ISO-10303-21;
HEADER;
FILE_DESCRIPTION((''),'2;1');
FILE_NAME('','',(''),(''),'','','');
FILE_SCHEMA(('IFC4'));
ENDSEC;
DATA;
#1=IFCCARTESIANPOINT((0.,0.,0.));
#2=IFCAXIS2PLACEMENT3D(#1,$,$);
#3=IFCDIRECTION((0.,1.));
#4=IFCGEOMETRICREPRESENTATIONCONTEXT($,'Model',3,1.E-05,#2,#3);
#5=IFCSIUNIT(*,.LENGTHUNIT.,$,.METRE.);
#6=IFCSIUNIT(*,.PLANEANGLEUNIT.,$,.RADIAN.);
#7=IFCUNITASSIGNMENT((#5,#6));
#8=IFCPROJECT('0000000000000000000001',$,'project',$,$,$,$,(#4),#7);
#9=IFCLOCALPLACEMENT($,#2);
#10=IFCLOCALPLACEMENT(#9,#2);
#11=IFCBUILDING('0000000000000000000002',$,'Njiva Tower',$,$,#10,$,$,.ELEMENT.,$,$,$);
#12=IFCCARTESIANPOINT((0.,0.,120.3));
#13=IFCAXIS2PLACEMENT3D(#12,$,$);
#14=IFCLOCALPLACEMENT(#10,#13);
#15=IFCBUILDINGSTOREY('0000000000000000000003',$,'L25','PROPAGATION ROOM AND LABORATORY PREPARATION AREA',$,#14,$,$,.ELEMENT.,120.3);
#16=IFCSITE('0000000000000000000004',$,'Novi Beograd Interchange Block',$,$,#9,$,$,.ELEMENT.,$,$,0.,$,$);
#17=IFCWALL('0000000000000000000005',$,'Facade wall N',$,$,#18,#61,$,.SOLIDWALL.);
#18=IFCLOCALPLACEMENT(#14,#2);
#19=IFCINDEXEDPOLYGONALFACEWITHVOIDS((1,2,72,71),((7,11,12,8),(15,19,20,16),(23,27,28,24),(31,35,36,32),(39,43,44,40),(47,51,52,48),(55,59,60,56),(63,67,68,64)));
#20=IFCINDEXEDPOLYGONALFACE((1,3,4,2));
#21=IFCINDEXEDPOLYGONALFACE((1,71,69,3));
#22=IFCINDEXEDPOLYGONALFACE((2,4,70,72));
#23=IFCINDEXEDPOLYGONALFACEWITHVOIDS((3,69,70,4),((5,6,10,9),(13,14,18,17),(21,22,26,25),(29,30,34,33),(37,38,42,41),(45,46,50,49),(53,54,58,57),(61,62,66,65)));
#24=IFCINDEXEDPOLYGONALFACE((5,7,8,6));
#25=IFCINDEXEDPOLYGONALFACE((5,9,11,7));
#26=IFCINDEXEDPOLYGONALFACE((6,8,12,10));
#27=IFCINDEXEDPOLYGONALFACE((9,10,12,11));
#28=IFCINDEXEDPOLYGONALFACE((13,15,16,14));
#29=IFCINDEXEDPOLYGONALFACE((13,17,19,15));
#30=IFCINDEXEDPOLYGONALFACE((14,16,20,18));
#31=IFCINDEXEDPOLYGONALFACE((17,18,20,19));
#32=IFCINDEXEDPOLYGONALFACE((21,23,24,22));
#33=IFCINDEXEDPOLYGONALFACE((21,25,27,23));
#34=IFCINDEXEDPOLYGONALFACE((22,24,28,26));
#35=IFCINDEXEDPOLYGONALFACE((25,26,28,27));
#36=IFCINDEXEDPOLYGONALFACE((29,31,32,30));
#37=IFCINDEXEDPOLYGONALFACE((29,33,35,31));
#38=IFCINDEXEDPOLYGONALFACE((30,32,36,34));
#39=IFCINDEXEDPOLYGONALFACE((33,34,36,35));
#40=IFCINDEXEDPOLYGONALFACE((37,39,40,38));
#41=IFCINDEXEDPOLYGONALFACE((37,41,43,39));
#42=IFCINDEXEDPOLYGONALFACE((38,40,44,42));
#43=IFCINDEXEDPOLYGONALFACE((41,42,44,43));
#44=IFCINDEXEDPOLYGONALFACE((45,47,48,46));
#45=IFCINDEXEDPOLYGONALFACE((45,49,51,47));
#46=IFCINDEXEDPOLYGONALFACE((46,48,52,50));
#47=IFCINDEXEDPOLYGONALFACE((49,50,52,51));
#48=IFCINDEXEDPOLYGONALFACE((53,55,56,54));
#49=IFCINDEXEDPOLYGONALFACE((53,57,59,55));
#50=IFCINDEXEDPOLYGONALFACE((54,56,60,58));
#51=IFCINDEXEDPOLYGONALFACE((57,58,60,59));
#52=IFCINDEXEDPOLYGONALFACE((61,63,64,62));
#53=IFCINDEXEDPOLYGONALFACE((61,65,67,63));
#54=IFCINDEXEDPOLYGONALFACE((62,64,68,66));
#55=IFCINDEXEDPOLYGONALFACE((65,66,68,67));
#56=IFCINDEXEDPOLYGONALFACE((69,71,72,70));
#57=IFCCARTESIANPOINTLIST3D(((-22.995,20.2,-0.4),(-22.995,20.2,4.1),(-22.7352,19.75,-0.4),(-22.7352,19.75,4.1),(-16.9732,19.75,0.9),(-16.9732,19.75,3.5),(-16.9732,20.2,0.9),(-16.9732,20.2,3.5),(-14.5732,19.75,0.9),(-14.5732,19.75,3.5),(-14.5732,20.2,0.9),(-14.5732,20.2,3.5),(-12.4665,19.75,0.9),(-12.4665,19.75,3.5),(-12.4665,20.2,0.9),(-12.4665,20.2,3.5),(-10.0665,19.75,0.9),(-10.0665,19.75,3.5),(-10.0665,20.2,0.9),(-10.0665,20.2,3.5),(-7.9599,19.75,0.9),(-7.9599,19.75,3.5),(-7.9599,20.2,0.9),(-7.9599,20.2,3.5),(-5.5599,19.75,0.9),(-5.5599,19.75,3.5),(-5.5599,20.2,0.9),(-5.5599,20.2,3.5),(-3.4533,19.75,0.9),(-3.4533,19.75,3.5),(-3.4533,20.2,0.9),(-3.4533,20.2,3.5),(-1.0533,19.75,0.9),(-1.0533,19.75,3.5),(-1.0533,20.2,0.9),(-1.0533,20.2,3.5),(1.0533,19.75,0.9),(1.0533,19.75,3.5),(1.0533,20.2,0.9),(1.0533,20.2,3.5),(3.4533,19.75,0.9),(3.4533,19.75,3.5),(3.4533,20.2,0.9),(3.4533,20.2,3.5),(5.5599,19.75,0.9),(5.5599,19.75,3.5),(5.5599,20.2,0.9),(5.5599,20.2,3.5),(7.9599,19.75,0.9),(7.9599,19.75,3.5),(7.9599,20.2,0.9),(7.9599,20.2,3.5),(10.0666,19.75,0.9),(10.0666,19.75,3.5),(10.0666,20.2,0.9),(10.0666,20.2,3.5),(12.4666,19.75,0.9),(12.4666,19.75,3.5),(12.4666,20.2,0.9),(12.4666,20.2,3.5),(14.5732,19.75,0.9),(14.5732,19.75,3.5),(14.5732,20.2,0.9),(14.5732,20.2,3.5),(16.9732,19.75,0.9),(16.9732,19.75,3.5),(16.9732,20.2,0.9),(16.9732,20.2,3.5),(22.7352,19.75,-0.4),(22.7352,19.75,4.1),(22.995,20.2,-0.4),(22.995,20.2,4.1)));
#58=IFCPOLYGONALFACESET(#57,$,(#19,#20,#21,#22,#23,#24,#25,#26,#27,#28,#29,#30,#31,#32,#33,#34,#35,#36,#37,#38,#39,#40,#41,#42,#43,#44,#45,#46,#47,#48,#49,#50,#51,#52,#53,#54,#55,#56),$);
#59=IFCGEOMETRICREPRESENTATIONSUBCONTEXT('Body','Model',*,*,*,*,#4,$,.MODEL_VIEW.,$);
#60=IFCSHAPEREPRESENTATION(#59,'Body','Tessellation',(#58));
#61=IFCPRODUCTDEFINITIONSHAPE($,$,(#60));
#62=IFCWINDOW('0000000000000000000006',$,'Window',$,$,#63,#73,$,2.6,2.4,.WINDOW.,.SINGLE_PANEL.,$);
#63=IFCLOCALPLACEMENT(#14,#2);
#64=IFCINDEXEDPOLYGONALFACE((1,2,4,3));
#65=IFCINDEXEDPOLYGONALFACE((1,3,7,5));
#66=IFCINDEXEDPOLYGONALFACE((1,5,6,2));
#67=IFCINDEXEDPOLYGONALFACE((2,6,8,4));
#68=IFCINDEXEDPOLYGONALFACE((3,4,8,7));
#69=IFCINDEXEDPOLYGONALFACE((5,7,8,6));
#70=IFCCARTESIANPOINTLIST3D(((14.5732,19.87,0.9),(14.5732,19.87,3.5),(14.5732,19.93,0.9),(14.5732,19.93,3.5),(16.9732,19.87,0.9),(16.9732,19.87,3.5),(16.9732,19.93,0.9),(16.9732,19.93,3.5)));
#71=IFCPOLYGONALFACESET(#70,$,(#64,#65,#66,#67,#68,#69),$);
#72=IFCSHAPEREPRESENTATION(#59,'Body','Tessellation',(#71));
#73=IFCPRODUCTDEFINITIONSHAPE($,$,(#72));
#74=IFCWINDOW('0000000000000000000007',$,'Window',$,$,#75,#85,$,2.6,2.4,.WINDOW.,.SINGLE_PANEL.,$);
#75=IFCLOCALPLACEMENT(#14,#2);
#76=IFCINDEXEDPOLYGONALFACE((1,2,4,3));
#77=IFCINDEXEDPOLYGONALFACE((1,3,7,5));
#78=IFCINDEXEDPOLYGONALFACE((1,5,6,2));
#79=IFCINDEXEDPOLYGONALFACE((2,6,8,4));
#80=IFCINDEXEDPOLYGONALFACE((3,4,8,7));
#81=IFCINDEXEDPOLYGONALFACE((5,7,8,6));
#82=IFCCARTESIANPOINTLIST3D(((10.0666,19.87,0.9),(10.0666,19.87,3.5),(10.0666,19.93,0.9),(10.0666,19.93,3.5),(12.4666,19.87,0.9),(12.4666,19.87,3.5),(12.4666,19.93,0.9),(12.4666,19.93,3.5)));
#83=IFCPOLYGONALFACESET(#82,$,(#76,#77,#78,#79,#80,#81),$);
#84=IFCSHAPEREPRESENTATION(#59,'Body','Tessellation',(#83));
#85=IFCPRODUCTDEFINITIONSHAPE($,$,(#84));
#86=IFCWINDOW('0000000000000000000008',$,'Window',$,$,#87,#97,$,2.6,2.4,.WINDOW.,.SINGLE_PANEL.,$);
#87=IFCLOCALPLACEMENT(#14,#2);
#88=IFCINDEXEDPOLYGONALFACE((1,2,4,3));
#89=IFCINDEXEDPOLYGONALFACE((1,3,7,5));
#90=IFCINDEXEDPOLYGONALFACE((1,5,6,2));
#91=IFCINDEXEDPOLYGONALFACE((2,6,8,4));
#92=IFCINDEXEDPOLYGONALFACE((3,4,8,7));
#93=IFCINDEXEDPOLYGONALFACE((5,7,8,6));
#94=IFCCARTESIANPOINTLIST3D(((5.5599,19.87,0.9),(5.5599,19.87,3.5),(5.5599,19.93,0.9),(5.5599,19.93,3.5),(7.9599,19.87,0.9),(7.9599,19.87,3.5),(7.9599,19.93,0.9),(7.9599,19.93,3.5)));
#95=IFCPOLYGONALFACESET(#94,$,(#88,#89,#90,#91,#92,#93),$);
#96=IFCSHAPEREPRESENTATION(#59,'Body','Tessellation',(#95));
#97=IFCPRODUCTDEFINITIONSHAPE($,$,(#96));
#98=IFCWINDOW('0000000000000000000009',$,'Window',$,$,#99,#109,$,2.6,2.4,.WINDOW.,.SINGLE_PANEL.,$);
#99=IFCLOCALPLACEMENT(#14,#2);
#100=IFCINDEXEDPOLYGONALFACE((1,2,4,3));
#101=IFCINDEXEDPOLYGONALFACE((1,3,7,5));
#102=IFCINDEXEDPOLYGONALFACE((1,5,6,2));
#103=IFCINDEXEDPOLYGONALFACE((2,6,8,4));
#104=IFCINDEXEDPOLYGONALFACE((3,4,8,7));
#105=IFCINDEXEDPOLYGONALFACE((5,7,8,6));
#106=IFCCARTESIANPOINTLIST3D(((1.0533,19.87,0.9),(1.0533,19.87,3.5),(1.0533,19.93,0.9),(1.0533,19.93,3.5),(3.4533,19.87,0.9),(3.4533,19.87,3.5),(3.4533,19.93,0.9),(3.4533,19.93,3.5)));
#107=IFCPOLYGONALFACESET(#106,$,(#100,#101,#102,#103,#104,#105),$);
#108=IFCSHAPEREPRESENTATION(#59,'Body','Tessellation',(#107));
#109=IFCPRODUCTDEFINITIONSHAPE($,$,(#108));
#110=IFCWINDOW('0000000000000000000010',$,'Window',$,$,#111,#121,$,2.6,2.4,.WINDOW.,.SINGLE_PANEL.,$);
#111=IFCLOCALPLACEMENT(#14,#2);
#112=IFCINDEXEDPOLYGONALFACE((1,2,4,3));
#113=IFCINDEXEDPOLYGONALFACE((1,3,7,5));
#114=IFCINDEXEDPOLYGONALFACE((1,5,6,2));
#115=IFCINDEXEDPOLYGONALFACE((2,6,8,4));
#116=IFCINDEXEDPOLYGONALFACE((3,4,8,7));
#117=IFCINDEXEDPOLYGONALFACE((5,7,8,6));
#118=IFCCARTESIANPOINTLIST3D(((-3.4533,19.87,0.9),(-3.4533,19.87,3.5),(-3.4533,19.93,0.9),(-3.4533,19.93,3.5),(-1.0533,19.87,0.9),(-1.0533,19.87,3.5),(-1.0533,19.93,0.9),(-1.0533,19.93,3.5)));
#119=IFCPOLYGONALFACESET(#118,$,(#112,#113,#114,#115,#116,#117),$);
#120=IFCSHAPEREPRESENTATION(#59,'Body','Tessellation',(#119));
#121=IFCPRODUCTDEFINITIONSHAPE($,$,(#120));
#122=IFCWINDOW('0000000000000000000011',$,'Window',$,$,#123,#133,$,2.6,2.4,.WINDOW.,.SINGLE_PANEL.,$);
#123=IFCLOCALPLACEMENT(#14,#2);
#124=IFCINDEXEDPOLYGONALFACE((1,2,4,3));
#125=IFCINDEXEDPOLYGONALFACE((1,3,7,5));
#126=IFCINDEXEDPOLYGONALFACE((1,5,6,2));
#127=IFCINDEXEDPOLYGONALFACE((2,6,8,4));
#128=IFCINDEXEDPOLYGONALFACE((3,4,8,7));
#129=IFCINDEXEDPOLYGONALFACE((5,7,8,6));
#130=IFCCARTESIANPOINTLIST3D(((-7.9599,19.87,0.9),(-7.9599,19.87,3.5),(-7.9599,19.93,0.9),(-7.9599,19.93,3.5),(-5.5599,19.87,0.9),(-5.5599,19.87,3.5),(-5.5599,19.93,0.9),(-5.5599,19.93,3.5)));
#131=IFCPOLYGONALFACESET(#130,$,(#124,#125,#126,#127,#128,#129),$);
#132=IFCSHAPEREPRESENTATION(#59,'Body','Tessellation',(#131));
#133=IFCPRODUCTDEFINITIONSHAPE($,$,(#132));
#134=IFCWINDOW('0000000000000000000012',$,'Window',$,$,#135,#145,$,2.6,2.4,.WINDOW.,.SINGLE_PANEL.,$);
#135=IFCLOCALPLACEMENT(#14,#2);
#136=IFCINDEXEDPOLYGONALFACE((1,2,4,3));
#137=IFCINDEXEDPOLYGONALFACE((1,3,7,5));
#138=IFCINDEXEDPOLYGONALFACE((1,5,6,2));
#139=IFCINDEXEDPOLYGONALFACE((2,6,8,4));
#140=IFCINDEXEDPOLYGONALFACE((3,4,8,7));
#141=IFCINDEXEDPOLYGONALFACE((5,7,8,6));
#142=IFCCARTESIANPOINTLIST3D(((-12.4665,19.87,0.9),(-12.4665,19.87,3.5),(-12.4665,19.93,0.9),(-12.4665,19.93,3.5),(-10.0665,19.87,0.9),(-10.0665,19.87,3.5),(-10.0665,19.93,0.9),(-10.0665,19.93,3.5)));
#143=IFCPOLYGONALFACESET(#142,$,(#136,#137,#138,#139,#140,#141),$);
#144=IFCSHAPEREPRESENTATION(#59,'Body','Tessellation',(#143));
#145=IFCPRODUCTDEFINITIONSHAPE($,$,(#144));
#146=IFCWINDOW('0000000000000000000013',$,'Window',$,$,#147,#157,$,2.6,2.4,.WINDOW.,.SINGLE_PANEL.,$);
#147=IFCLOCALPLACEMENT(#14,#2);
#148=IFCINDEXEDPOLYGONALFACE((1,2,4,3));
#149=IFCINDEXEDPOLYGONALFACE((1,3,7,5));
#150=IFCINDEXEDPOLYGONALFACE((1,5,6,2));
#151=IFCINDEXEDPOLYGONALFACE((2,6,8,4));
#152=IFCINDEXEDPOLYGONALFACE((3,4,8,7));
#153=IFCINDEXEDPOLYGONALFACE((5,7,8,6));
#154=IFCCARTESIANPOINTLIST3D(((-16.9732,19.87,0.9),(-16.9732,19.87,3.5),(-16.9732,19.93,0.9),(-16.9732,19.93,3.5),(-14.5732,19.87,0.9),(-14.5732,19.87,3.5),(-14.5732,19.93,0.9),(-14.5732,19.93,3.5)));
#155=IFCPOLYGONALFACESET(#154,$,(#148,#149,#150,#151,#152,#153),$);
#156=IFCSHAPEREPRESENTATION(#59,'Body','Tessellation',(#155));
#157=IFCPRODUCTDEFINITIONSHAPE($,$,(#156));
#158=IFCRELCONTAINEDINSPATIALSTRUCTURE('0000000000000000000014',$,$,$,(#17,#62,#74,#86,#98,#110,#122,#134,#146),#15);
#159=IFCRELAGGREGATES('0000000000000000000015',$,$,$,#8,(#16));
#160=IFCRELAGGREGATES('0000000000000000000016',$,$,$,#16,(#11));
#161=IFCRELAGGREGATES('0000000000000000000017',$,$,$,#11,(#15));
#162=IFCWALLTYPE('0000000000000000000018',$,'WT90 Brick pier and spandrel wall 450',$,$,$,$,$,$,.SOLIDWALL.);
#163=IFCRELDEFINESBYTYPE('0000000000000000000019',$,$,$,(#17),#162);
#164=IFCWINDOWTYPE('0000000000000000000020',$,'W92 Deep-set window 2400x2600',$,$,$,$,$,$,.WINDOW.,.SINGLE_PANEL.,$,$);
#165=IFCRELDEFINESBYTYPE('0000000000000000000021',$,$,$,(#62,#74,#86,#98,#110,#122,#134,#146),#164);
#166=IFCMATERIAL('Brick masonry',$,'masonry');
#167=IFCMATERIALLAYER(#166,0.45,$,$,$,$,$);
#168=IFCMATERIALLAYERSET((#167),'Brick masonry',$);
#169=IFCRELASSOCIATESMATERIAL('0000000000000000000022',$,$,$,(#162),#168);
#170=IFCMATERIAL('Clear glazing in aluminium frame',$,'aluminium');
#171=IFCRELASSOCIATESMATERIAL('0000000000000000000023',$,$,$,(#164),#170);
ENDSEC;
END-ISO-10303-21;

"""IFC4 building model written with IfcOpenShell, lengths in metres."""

from ifc_helpers import new_model, si_unit, direction, frame, frame_2d, origin, place, context, subcontext, project, spatial, polyline, rectangle, outline, extrude, material, layer, layer_set, type_object, element, fill, save


model = new_model("IFC4")

# Units and contexts
model_context = context("Model", 3, precision=1e-05, world=origin(), true_north=direction((0.0, 1.0)))
body_context = subcontext(model_context, "Body", "Model", "MODEL_VIEW")
ifc_project = project(units=[si_unit("LENGTHUNIT", "METRE"), si_unit("PLANEANGLEUNIT", "RADIAN")], contexts=[model_context])

# Site, building, storey
site_placement = place(None, origin())
site = spatial("IfcSite", under=ifc_project, at=site_placement, Name="Novi Beograd Interchange Block", CompositionType="ELEMENT", RefElevation=0.0)
building_placement = place(site_placement, origin())
building = spatial("IfcBuilding", under=site, at=building_placement, Name="Njiva Tower", CompositionType="ELEMENT")
storey_placement = place(building_placement, frame((0.0, 0.0, 120.3)))
storey = spatial("IfcBuildingStorey", under=building, at=storey_placement, Name="L25", Description="PROPAGATION ROOM AND LABORATORY PREPARATION AREA", CompositionType="ELEMENT", Elevation=120.3)

# Wall, openings, windows
ifc_material_1 = material(Name="Brick masonry", Category="masonry")
ifc_layer_1 = layer(ifc_material_1, 0.45)
ifc_layer_set_1 = layer_set([ifc_layer_1], Name="Brick masonry")
wall_type_1 = type_object("IfcWallType", Name="WT90 Brick pier and spandrel wall 450", PredefinedType="SOLIDWALL", material=ifc_layer_set_1)
wall_1_placement = place(storey_placement, frame((22.8651, 19.975, -0.4), z_axis=(0.0, 0.0, 1.0), x_axis=(-1.0, 0.0, 0.0)))
wall_1 = element("IfcWall", 1, at=wall_1_placement, inside=storey, type_object=wall_type_1, Name="Facade wall N", PredefinedType="SOLIDWALL", context=body_context, shape_type="SweptSolid", body=[
    extrude(outline(polyline([(-0.1299, -0.225), (45.8601, -0.225), (45.6003, 0.225), (0.1299, 0.225), (-0.1299, -0.225)])), origin(), (0.0, 0.0, 1.0), 4.5),
])
opening_1_placement = place(wall_1_placement, frame((5.8919, 0.0, 1.3)))
opening_1 = element("IfcOpeningElement", 2, at=opening_1_placement, cuts=wall_1, PredefinedType="OPENING", context=body_context, shape_type="SweptSolid", body=[
    extrude(rectangle(XDim=2.4, YDim=2.6, at=frame_2d((1.2, 1.3))), frame((0.0, 0.235, 0.0), z_axis=(0.0, -1.0, 0.0), x_axis=(1.0, 0.0, 0.0)), (0.0, 0.0, 1.0), 0.47),
])
opening_2_placement = place(wall_1_placement, frame((10.3985, 0.0, 1.3)))
opening_2 = element("IfcOpeningElement", 3, at=opening_2_placement, cuts=wall_1, PredefinedType="OPENING", context=body_context, shape_type="SweptSolid", body=[
    extrude(rectangle(XDim=2.4, YDim=2.6, at=frame_2d((1.2, 1.3))), frame((0.0, 0.235, 0.0), z_axis=(0.0, -1.0, 0.0), x_axis=(1.0, 0.0, 0.0)), (0.0, 0.0, 1.0), 0.47),
])
opening_3_placement = place(wall_1_placement, frame((14.9052, 0.0, 1.3)))
opening_3 = element("IfcOpeningElement", 4, at=opening_3_placement, cuts=wall_1, PredefinedType="OPENING", context=body_context, shape_type="SweptSolid", body=[
    extrude(rectangle(XDim=2.4, YDim=2.6, at=frame_2d((1.2, 1.3))), frame((0.0, 0.235, 0.0), z_axis=(0.0, -1.0, 0.0), x_axis=(1.0, 0.0, 0.0)), (0.0, 0.0, 1.0), 0.47),
])
opening_4_placement = place(wall_1_placement, frame((19.4118, 0.0, 1.3)))
opening_4 = element("IfcOpeningElement", 5, at=opening_4_placement, cuts=wall_1, PredefinedType="OPENING", context=body_context, shape_type="SweptSolid", body=[
    extrude(rectangle(XDim=2.4, YDim=2.6, at=frame_2d((1.2, 1.3))), frame((0.0, 0.235, 0.0), z_axis=(0.0, -1.0, 0.0), x_axis=(1.0, 0.0, 0.0)), (0.0, 0.0, 1.0), 0.47),
])
opening_5_placement = place(wall_1_placement, frame((23.9184, 0.0, 1.3)))
opening_5 = element("IfcOpeningElement", 6, at=opening_5_placement, cuts=wall_1, PredefinedType="OPENING", context=body_context, shape_type="SweptSolid", body=[
    extrude(rectangle(XDim=2.4, YDim=2.6, at=frame_2d((1.2, 1.3))), frame((0.0, 0.235, 0.0), z_axis=(0.0, -1.0, 0.0), x_axis=(1.0, 0.0, 0.0)), (0.0, 0.0, 1.0), 0.47),
])
opening_6_placement = place(wall_1_placement, frame((28.425, 0.0, 1.3)))
opening_6 = element("IfcOpeningElement", 7, at=opening_6_placement, cuts=wall_1, PredefinedType="OPENING", context=body_context, shape_type="SweptSolid", body=[
    extrude(rectangle(XDim=2.4, YDim=2.6, at=frame_2d((1.2, 1.3))), frame((0.0, 0.235, 0.0), z_axis=(0.0, -1.0, 0.0), x_axis=(1.0, 0.0, 0.0)), (0.0, 0.0, 1.0), 0.47),
])
opening_7_placement = place(wall_1_placement, frame((32.9316, 0.0, 1.3)))
opening_7 = element("IfcOpeningElement", 8, at=opening_7_placement, cuts=wall_1, PredefinedType="OPENING", context=body_context, shape_type="SweptSolid", body=[
    extrude(rectangle(XDim=2.4, YDim=2.6, at=frame_2d((1.2, 1.3))), frame((0.0, 0.235, 0.0), z_axis=(0.0, -1.0, 0.0), x_axis=(1.0, 0.0, 0.0)), (0.0, 0.0, 1.0), 0.47),
])
opening_8_placement = place(wall_1_placement, frame((37.4383, 0.0, 1.3)))
opening_8 = element("IfcOpeningElement", 9, at=opening_8_placement, cuts=wall_1, PredefinedType="OPENING", context=body_context, shape_type="SweptSolid", body=[
    extrude(rectangle(XDim=2.4, YDim=2.6, at=frame_2d((1.2, 1.3))), frame((0.0, 0.235, 0.0), z_axis=(0.0, -1.0, 0.0), x_axis=(1.0, 0.0, 0.0)), (0.0, 0.0, 1.0), 0.47),
])
ifc_material_2 = material(Name="Clear glazing in aluminium frame", Category="aluminium")
window_type_1 = type_object("IfcWindowType", Name="W92 Deep-set window 2400x2600", PartitioningType="SINGLE_PANEL", PredefinedType="WINDOW", material=ifc_material_2)
window_1_placement = place(opening_1_placement, origin())
window_1 = element("IfcWindow", 10, at=window_1_placement, inside=storey, type_object=window_type_1, Name="Window", OverallHeight=2.6, OverallWidth=2.4, PartitioningType="SINGLE_PANEL", PredefinedType="WINDOW", context=body_context, shape_type="SweptSolid", body=[
    extrude(rectangle(XDim=2.4, YDim=2.6, at=frame_2d((1.2, 1.3))), frame((0.0, 0.105, 0.0), z_axis=(0.0, -1.0, 0.0), x_axis=(1.0, 0.0, 0.0)), (0.0, 0.0, 1.0), 0.06),
])
fill(opening_1, window_1)
window_2_placement = place(opening_2_placement, origin())
window_2 = element("IfcWindow", 11, at=window_2_placement, inside=storey, type_object=window_type_1, Name="Window", OverallHeight=2.6, OverallWidth=2.4, PartitioningType="SINGLE_PANEL", PredefinedType="WINDOW", context=body_context, shape_type="SweptSolid", body=[
    extrude(rectangle(XDim=2.4, YDim=2.6, at=frame_2d((1.2, 1.3))), frame((0.0, 0.105, 0.0), z_axis=(0.0, -1.0, 0.0), x_axis=(1.0, 0.0, 0.0)), (0.0, 0.0, 1.0), 0.06),
])
fill(opening_2, window_2)
window_3_placement = place(opening_3_placement, origin())
window_3 = element("IfcWindow", 12, at=window_3_placement, inside=storey, type_object=window_type_1, Name="Window", OverallHeight=2.6, OverallWidth=2.4, PartitioningType="SINGLE_PANEL", PredefinedType="WINDOW", context=body_context, shape_type="SweptSolid", body=[
    extrude(rectangle(XDim=2.4, YDim=2.6, at=frame_2d((1.2, 1.3))), frame((0.0, 0.105, 0.0), z_axis=(0.0, -1.0, 0.0), x_axis=(1.0, 0.0, 0.0)), (0.0, 0.0, 1.0), 0.06),
])
fill(opening_3, window_3)
window_4_placement = place(opening_4_placement, origin())
window_4 = element("IfcWindow", 13, at=window_4_placement, inside=storey, type_object=window_type_1, Name="Window", OverallHeight=2.6, OverallWidth=2.4, PartitioningType="SINGLE_PANEL", PredefinedType="WINDOW", context=body_context, shape_type="SweptSolid", body=[
    extrude(rectangle(XDim=2.4, YDim=2.6, at=frame_2d((1.2, 1.3))), frame((0.0, 0.105, 0.0), z_axis=(0.0, -1.0, 0.0), x_axis=(1.0, 0.0, 0.0)), (0.0, 0.0, 1.0), 0.06),
])
fill(opening_4, window_4)
window_5_placement = place(opening_5_placement, origin())
window_5 = element("IfcWindow", 14, at=window_5_placement, inside=storey, type_object=window_type_1, Name="Window", OverallHeight=2.6, OverallWidth=2.4, PartitioningType="SINGLE_PANEL", PredefinedType="WINDOW", context=body_context, shape_type="SweptSolid", body=[
    extrude(rectangle(XDim=2.4, YDim=2.6, at=frame_2d((1.2, 1.3))), frame((0.0, 0.105, 0.0), z_axis=(0.0, -1.0, 0.0), x_axis=(1.0, 0.0, 0.0)), (0.0, 0.0, 1.0), 0.06),
])
fill(opening_5, window_5)
window_6_placement = place(opening_6_placement, origin())
window_6 = element("IfcWindow", 15, at=window_6_placement, inside=storey, type_object=window_type_1, Name="Window", OverallHeight=2.6, OverallWidth=2.4, PartitioningType="SINGLE_PANEL", PredefinedType="WINDOW", context=body_context, shape_type="SweptSolid", body=[
    extrude(rectangle(XDim=2.4, YDim=2.6, at=frame_2d((1.2, 1.3))), frame((0.0, 0.105, 0.0), z_axis=(0.0, -1.0, 0.0), x_axis=(1.0, 0.0, 0.0)), (0.0, 0.0, 1.0), 0.06),
])
fill(opening_6, window_6)
window_7_placement = place(opening_7_placement, origin())
window_7 = element("IfcWindow", 16, at=window_7_placement, inside=storey, type_object=window_type_1, Name="Window", OverallHeight=2.6, OverallWidth=2.4, PartitioningType="SINGLE_PANEL", PredefinedType="WINDOW", context=body_context, shape_type="SweptSolid", body=[
    extrude(rectangle(XDim=2.4, YDim=2.6, at=frame_2d((1.2, 1.3))), frame((0.0, 0.105, 0.0), z_axis=(0.0, -1.0, 0.0), x_axis=(1.0, 0.0, 0.0)), (0.0, 0.0, 1.0), 0.06),
])
fill(opening_7, window_7)
window_8_placement = place(opening_8_placement, origin())
window_8 = element("IfcWindow", 17, at=window_8_placement, inside=storey, type_object=window_type_1, Name="Window", OverallHeight=2.6, OverallWidth=2.4, PartitioningType="SINGLE_PANEL", PredefinedType="WINDOW", context=body_context, shape_type="SweptSolid", body=[
    extrude(rectangle(XDim=2.4, YDim=2.6, at=frame_2d((1.2, 1.3))), frame((0.0, 0.105, 0.0), z_axis=(0.0, -1.0, 0.0), x_axis=(1.0, 0.0, 0.0)), (0.0, 0.0, 1.0), 0.06),
])
fill(opening_8, window_8)

save(model, "model.ifc")
